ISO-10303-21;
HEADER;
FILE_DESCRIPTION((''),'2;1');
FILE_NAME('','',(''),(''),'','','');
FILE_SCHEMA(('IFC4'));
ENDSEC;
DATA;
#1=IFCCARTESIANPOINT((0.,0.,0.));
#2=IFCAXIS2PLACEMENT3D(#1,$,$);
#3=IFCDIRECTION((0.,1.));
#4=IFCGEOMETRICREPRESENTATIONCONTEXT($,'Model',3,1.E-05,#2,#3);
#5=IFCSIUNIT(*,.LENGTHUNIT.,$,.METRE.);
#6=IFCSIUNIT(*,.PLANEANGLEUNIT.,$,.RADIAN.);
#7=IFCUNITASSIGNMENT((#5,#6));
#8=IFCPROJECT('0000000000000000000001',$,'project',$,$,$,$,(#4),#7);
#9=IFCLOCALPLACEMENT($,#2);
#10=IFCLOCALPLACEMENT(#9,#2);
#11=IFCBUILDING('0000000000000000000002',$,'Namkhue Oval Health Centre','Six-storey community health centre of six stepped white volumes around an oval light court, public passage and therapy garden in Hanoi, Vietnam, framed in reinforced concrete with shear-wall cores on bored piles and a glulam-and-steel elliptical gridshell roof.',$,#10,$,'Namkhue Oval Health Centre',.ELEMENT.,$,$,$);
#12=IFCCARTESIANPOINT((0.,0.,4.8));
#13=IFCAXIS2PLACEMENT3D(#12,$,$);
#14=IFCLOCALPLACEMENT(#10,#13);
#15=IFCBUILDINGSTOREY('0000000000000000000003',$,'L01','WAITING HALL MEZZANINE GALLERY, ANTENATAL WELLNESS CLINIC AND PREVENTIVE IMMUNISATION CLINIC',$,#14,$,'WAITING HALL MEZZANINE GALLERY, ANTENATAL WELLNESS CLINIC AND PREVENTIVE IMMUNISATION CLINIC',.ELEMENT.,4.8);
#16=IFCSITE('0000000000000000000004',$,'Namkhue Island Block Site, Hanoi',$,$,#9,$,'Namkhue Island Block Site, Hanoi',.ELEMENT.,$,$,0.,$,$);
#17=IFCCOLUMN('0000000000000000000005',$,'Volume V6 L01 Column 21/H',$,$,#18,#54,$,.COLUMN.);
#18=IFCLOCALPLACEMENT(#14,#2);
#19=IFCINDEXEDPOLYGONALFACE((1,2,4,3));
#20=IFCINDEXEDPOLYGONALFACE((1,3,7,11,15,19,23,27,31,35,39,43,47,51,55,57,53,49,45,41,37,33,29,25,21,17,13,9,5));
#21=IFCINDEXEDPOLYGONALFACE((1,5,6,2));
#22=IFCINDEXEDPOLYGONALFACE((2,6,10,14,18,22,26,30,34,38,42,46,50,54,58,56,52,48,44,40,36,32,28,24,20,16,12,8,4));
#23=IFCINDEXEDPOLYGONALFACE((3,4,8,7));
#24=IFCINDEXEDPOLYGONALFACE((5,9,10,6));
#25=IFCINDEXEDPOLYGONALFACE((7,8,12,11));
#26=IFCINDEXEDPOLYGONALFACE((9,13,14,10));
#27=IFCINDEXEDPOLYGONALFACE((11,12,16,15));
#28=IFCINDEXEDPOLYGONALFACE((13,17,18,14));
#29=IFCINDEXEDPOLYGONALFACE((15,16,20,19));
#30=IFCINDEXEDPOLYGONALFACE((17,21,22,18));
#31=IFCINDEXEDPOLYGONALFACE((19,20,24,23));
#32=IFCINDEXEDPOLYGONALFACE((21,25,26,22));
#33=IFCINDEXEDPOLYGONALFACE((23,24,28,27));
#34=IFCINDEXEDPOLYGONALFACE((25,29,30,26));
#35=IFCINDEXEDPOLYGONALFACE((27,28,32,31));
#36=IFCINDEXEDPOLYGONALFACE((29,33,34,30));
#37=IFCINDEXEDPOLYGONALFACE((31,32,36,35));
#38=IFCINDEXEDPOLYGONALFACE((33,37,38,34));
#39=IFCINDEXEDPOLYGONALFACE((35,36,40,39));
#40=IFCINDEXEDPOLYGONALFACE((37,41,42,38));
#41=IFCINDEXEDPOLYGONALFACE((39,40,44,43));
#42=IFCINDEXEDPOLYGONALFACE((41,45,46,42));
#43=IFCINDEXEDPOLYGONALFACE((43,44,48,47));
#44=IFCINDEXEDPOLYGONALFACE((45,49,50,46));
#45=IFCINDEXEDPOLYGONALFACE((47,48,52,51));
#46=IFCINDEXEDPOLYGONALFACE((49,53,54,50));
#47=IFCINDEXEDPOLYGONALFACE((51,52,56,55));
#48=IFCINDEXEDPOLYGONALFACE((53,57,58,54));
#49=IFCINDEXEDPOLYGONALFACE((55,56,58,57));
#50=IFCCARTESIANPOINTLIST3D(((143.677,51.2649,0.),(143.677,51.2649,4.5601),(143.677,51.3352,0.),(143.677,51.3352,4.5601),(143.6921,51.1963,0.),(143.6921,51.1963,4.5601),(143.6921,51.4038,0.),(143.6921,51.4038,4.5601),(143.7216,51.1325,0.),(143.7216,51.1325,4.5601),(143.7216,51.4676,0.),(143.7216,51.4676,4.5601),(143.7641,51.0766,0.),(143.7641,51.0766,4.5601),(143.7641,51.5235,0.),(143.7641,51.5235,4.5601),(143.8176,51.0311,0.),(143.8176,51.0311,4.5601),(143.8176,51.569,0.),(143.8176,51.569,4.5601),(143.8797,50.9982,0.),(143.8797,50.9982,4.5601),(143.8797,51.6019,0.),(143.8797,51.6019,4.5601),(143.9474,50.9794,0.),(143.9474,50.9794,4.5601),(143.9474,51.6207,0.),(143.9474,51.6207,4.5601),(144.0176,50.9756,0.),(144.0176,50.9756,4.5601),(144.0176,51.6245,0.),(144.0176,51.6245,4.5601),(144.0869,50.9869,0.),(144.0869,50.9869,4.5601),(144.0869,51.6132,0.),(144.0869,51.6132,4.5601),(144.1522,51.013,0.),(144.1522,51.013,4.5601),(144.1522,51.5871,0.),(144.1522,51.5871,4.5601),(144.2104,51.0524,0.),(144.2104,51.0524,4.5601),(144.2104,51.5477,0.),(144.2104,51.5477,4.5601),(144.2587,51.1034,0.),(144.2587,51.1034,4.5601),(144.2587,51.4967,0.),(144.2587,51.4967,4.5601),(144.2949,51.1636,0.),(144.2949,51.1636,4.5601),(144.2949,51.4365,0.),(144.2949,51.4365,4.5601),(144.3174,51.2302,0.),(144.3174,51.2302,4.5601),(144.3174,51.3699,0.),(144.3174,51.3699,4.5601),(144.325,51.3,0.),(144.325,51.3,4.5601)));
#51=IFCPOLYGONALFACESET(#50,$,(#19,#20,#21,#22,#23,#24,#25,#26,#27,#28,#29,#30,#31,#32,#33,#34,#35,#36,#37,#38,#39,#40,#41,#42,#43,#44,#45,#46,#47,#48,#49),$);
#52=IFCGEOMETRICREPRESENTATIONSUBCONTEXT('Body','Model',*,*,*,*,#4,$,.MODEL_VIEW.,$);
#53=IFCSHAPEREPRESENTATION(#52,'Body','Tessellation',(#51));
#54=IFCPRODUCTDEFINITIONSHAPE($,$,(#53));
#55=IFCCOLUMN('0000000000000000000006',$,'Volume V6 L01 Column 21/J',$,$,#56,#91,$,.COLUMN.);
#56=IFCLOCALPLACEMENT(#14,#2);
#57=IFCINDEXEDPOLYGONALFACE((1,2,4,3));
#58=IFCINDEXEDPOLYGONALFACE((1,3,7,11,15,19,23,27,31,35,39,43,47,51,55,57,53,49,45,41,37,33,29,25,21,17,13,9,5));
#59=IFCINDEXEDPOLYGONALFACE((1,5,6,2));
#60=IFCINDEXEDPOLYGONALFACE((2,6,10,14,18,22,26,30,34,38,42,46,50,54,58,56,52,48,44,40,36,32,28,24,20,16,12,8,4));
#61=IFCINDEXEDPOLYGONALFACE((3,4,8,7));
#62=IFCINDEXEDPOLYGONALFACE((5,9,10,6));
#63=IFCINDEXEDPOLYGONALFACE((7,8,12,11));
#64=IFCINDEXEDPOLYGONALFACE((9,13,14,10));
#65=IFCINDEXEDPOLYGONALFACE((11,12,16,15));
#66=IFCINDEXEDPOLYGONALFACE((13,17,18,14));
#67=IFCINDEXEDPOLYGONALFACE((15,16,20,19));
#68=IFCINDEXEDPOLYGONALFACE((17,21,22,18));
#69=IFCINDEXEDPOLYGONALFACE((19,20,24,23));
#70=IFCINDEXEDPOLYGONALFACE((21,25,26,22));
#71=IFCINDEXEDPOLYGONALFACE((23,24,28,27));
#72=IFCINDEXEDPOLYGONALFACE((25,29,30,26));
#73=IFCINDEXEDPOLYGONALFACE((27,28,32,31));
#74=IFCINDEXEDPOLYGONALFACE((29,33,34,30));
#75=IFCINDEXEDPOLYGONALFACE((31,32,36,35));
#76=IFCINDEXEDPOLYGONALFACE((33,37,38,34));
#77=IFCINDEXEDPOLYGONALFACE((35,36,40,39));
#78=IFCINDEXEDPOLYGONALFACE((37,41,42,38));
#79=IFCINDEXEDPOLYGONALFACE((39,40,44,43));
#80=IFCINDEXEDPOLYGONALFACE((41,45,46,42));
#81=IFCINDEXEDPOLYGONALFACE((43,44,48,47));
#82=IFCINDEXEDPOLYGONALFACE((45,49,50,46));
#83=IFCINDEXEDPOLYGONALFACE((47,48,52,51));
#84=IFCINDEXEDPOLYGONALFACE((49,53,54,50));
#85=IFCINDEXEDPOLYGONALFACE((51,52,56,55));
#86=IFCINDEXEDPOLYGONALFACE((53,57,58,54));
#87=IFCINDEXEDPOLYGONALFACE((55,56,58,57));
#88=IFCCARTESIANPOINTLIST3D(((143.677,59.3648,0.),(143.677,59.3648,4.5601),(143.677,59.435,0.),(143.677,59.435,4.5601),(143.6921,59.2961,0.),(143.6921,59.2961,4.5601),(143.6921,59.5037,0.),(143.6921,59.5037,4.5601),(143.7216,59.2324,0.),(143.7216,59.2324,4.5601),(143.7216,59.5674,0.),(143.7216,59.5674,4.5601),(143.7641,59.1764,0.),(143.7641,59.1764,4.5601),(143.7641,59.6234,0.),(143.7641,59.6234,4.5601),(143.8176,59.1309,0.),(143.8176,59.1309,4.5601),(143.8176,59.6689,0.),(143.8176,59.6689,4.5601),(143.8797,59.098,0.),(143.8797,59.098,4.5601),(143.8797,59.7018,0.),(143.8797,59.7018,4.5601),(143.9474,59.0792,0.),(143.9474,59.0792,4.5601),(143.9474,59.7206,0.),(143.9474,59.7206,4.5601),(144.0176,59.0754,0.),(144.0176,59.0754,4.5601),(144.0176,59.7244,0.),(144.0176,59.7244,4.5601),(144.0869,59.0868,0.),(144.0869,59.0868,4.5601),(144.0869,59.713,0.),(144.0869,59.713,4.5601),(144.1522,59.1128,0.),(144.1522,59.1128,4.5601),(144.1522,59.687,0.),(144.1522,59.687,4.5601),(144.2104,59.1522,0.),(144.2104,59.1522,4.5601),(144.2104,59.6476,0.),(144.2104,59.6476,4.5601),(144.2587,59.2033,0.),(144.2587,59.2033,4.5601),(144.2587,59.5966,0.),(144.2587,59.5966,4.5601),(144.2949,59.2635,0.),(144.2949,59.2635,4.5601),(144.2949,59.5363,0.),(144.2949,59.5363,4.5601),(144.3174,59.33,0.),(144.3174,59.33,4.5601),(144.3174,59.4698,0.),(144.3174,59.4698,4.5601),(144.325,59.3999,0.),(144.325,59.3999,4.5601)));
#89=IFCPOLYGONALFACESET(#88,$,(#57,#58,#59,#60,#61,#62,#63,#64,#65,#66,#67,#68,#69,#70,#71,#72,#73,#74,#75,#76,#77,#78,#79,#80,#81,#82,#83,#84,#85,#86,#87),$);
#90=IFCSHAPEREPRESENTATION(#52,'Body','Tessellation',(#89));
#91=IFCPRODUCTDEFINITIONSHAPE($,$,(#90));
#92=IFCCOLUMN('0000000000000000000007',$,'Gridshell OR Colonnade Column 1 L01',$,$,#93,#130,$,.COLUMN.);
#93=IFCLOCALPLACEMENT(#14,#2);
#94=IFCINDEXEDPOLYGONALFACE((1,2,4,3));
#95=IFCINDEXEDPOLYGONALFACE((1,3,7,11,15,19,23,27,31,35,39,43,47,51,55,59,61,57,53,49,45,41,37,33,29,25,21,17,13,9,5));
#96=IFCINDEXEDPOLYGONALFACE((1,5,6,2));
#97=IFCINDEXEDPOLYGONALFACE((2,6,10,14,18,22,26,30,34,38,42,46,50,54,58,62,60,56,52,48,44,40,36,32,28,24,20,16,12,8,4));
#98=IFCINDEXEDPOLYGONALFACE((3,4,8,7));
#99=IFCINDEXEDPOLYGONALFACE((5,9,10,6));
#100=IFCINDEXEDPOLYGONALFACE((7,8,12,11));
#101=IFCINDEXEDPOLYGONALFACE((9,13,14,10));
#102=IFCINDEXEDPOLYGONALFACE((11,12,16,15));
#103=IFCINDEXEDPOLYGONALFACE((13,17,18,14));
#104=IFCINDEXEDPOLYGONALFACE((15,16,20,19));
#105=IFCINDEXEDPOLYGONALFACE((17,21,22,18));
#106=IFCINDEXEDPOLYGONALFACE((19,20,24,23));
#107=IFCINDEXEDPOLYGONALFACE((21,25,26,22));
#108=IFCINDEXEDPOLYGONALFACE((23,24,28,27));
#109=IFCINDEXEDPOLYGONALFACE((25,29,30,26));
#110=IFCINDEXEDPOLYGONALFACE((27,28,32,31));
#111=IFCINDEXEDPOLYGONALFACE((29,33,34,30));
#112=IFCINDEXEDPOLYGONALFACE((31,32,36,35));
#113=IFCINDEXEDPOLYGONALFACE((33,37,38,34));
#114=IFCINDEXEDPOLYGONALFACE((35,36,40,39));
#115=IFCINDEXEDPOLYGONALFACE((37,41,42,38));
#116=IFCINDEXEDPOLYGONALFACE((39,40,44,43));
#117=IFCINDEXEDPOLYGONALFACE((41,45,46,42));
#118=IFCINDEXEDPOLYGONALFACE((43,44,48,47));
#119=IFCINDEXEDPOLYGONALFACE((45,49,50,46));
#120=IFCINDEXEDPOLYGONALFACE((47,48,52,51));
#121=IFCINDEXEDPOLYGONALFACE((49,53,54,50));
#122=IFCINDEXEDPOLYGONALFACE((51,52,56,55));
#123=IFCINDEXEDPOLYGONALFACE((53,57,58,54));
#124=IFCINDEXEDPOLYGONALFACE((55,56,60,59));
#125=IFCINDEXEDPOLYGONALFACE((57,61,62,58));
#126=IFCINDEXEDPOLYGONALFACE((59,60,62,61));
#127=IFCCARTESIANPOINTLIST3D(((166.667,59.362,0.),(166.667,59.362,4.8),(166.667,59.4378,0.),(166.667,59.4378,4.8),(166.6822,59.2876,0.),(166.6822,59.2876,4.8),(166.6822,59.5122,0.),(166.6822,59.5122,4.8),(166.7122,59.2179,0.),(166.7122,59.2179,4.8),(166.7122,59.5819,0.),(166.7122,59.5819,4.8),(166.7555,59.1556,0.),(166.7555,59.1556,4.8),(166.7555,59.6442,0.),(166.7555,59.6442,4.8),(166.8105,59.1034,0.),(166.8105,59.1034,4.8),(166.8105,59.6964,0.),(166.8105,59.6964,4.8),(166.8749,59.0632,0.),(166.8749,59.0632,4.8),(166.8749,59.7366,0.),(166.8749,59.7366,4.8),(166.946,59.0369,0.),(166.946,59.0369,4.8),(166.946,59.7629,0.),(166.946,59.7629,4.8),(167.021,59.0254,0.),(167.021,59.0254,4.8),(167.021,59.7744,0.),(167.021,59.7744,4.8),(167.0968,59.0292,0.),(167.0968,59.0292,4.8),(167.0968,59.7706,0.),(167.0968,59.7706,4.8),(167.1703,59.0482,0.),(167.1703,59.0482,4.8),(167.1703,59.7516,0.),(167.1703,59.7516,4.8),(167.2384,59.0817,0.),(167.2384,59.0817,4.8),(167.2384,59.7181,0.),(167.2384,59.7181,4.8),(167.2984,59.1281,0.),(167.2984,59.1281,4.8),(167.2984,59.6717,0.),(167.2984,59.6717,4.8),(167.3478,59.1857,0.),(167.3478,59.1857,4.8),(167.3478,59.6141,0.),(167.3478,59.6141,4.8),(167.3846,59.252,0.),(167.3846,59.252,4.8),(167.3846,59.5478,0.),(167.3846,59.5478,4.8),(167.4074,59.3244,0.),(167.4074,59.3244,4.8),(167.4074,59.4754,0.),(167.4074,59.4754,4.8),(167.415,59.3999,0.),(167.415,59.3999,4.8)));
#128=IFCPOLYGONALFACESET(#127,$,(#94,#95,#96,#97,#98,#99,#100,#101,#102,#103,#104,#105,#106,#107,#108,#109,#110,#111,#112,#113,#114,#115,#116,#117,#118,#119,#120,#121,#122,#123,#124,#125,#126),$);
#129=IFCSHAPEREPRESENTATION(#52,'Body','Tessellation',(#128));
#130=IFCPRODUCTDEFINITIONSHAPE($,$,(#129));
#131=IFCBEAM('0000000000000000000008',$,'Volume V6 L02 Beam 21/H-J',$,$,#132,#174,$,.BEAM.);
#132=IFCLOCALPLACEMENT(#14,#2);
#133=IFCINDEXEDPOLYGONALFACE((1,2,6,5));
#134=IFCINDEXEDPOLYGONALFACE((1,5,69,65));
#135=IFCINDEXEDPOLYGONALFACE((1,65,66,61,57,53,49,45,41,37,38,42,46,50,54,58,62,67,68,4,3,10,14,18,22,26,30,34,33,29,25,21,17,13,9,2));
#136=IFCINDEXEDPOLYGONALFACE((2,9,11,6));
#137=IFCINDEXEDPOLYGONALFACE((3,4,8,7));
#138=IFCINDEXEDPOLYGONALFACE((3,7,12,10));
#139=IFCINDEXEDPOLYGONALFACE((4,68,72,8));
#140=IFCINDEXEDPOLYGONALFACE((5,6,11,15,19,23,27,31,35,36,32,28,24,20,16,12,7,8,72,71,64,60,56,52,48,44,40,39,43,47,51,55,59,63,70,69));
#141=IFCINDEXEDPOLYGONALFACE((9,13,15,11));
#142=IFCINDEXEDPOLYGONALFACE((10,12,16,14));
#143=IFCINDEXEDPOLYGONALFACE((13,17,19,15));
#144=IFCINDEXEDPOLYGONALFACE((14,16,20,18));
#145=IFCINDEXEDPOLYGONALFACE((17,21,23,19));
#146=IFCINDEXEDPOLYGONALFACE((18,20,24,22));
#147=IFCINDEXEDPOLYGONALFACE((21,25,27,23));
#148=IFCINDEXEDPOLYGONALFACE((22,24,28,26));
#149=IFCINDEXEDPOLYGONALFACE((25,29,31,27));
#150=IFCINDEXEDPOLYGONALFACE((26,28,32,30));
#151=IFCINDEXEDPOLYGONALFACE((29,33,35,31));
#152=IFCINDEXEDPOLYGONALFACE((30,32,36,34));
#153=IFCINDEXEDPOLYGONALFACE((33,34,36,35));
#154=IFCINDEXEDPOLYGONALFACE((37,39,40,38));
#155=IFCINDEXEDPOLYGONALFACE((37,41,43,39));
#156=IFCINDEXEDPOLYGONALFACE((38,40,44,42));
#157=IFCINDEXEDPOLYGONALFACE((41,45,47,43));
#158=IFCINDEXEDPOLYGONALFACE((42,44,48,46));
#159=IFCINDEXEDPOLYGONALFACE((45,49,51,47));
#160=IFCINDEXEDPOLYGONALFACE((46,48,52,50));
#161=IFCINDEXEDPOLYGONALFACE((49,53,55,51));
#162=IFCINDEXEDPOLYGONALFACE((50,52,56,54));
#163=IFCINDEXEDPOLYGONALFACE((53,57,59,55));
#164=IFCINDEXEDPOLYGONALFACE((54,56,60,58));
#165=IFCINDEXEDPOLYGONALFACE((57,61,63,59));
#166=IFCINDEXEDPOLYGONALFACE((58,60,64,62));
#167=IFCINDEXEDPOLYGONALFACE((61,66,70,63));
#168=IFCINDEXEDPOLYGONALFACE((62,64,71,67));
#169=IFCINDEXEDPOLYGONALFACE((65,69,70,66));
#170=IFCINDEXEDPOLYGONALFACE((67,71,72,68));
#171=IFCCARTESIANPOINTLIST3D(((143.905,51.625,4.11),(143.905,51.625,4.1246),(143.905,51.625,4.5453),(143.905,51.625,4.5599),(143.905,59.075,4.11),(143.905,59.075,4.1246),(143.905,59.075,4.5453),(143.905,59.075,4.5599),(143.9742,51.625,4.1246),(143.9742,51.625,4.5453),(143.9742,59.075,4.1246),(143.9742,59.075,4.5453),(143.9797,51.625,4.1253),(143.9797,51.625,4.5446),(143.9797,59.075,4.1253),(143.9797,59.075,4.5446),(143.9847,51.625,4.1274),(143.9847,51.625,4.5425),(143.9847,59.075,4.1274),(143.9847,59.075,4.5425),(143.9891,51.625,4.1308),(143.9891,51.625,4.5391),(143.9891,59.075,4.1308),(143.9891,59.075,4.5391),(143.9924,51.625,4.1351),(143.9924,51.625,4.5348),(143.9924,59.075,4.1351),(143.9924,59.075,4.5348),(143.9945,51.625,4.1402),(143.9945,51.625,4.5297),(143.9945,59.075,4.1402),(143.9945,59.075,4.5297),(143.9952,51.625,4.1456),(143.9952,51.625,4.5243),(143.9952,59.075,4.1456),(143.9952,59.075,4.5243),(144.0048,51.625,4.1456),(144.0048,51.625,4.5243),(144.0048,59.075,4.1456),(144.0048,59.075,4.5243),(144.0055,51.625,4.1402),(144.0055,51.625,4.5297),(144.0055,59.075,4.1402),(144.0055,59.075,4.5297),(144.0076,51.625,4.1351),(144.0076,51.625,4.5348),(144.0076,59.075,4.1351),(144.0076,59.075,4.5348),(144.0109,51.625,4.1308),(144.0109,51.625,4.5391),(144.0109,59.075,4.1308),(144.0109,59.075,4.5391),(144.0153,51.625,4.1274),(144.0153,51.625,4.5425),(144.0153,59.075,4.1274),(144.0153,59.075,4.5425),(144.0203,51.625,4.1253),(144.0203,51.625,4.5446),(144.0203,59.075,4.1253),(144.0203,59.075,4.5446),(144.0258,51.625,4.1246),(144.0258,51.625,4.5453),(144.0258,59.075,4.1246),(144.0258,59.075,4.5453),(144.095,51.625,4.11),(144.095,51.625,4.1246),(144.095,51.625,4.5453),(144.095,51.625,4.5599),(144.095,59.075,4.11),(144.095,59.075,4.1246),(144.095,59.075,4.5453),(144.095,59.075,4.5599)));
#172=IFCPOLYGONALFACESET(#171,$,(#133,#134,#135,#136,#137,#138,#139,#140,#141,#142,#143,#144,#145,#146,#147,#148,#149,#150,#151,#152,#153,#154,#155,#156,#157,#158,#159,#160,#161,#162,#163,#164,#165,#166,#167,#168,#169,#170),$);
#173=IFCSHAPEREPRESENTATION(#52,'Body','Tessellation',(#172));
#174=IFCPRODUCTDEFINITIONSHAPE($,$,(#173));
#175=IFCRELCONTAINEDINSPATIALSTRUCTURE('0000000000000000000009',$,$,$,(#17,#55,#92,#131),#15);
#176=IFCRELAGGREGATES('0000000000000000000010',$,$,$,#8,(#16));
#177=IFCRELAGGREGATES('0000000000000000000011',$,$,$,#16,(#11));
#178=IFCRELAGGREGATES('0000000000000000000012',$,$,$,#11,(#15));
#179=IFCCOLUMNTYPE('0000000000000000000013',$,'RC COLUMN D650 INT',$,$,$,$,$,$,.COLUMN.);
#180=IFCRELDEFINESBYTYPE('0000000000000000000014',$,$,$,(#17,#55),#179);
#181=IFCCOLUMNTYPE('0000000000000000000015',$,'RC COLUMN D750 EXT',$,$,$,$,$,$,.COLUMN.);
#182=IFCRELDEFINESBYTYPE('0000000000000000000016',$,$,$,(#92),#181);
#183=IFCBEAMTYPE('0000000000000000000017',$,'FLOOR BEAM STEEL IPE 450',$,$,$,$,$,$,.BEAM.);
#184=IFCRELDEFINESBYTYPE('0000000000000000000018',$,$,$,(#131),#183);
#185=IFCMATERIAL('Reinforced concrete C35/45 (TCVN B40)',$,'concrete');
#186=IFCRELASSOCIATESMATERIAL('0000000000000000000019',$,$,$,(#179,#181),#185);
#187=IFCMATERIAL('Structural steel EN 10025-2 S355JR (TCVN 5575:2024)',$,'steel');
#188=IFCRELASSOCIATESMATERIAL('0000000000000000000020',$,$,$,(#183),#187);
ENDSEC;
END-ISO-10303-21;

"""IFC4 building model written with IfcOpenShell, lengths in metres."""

from ifc_helpers import new_model, si_unit, direction, frame, origin, origin_2d, place, context, subcontext, project, spatial, circle, i_section, extrude, material, material_profile, profile_set, type_object, element, save


model = new_model("IFC4")

# Units and contexts
model_context = context("Model", 3, precision=1e-05, world=origin(), true_north=direction((0.0, 1.0)))
body_context = subcontext(model_context, "Body", "Model", "MODEL_VIEW")
ifc_project = project(units=[si_unit("LENGTHUNIT", "METRE"), si_unit("PLANEANGLEUNIT", "RADIAN")], contexts=[model_context])

# Site, building, storey
site_placement = place(None, origin())
site = spatial("IfcSite", under=ifc_project, at=site_placement, Name="Namkhue Island Block Site, Hanoi", LongName="Namkhue Island Block Site, Hanoi", CompositionType="ELEMENT", RefElevation=0.0)
building_placement = place(site_placement, origin())
building = spatial("IfcBuilding", under=site, at=building_placement, Name="Namkhue Oval Health Centre", Description="Six-storey community health centre of six stepped white volumes around an oval light court, public passage and therapy garden in Hanoi, Vietnam, framed in reinforced concrete with shear-wall cores on bored piles and a glulam-and-steel elliptical gridshell roof.", LongName="Namkhue Oval Health Centre", CompositionType="ELEMENT")
storey_placement = place(building_placement, frame((0.0, 0.0, 4.8)))
storey = spatial("IfcBuildingStorey", under=building, at=storey_placement, Name="L01", Description="WAITING HALL MEZZANINE GALLERY, ANTENATAL WELLNESS CLINIC AND PREVENTIVE IMMUNISATION CLINIC", LongName="WAITING HALL MEZZANINE GALLERY, ANTENATAL WELLNESS CLINIC AND PREVENTIVE IMMUNISATION CLINIC", CompositionType="ELEMENT", Elevation=4.8)

# Columns
ifc_material_1 = material(Name="Reinforced concrete C35/45 (TCVN B40)", Category="concrete")
ifc_material_profile_1 = material_profile(ifc_material_1, circle(Radius=0.325, at=origin_2d()), Name="RC D650")
ifc_profile_set_1 = profile_set([ifc_material_profile_1], Name="Reinforced concrete C35/45 (TCVN B40)")
column_type_1 = type_object("IfcColumnType", Name="RC COLUMN D650 INT", PredefinedType="COLUMN", material=ifc_profile_set_1)
for number, where, z_axis, x_axis, name in (
    (1, (144.0, 51.3, 0.0), (0.0, 0.0, 1.0), (1.0, 0.0, 0.0), "Volume V6 L01 Column 21/H"),
    (2, (144.0, 59.3999, 0.0), (0.0, 0.0, 1.0), (1.0, 0.0, 0.0), "Volume V6 L01 Column 21/J"),
):
    element("IfcColumn", number, at=place(storey_placement, frame(where, z_axis=z_axis, x_axis=x_axis)), inside=storey, type_object=column_type_1, Name=name, PredefinedType="COLUMN", context=body_context, shape_type="SweptSolid", body=[
        extrude(circle(Radius=0.325, at=origin_2d()), origin(), (0.0, 0.0, 1.0), 4.5601),
    ])
ifc_material_profile_2 = material_profile(ifc_material_1, circle(Radius=0.375, at=origin_2d()), Name="RC D750")
ifc_profile_set_2 = profile_set([ifc_material_profile_2], Name="Reinforced concrete C35/45 (TCVN B40)")
column_type_2 = type_object("IfcColumnType", Name="RC COLUMN D750 EXT", PredefinedType="COLUMN", material=ifc_profile_set_2)
column_placement = place(storey_placement, frame((167.04, 59.3999, 0.0), z_axis=(0.0, 0.0, 1.0), x_axis=(1.0, 0.0, 0.0)))
element("IfcColumn", 3, at=column_placement, inside=storey, type_object=column_type_2, Name="Gridshell OR Colonnade Column 1 L01", PredefinedType="COLUMN", context=body_context, shape_type="SweptSolid", body=[
    extrude(circle(Radius=0.375, at=origin_2d()), origin(), (0.0, 0.0, 1.0), 4.8),
])

# Beam
ifc_material_2 = material(Name="Structural steel EN 10025-2 S355JR (TCVN 5575:2024)", Category="steel")
ifc_material_profile_3 = material_profile(ifc_material_2, i_section(OverallWidth=0.1899, OverallDepth=0.45, WebThickness=0.0095, FlangeThickness=0.0146, FilletRadius=0.021, at=origin_2d()), Name="IPE 450")
ifc_profile_set_3 = profile_set([ifc_material_profile_3], Name="Structural steel EN 10025-2 S355JR (TCVN 5575:2024)")
beam_type = type_object("IfcBeamType", Name="FLOOR BEAM STEEL IPE 450", PredefinedType="BEAM", material=ifc_profile_set_3)
for number, where, z_axis, x_axis, name in (
    (4, (144.0, 51.625, 4.335), (0.0, 1.0, 0.0), (-1.0, 0.0, 0.0), "Volume V6 L02 Beam 21/H-J"),
):
    element("IfcBeam", number, at=place(storey_placement, frame(where, z_axis=z_axis, x_axis=x_axis)), inside=storey, type_object=beam_type, Name=name, PredefinedType="BEAM", context=body_context, shape_type="SweptSolid", body=[
        extrude(i_section(OverallWidth=0.1899, OverallDepth=0.45, WebThickness=0.0095, FlangeThickness=0.0146, FilletRadius=0.021, at=origin_2d()), origin(), (0.0, 0.0, 1.0), 7.45),
    ])

save(model, "model.ifc")
